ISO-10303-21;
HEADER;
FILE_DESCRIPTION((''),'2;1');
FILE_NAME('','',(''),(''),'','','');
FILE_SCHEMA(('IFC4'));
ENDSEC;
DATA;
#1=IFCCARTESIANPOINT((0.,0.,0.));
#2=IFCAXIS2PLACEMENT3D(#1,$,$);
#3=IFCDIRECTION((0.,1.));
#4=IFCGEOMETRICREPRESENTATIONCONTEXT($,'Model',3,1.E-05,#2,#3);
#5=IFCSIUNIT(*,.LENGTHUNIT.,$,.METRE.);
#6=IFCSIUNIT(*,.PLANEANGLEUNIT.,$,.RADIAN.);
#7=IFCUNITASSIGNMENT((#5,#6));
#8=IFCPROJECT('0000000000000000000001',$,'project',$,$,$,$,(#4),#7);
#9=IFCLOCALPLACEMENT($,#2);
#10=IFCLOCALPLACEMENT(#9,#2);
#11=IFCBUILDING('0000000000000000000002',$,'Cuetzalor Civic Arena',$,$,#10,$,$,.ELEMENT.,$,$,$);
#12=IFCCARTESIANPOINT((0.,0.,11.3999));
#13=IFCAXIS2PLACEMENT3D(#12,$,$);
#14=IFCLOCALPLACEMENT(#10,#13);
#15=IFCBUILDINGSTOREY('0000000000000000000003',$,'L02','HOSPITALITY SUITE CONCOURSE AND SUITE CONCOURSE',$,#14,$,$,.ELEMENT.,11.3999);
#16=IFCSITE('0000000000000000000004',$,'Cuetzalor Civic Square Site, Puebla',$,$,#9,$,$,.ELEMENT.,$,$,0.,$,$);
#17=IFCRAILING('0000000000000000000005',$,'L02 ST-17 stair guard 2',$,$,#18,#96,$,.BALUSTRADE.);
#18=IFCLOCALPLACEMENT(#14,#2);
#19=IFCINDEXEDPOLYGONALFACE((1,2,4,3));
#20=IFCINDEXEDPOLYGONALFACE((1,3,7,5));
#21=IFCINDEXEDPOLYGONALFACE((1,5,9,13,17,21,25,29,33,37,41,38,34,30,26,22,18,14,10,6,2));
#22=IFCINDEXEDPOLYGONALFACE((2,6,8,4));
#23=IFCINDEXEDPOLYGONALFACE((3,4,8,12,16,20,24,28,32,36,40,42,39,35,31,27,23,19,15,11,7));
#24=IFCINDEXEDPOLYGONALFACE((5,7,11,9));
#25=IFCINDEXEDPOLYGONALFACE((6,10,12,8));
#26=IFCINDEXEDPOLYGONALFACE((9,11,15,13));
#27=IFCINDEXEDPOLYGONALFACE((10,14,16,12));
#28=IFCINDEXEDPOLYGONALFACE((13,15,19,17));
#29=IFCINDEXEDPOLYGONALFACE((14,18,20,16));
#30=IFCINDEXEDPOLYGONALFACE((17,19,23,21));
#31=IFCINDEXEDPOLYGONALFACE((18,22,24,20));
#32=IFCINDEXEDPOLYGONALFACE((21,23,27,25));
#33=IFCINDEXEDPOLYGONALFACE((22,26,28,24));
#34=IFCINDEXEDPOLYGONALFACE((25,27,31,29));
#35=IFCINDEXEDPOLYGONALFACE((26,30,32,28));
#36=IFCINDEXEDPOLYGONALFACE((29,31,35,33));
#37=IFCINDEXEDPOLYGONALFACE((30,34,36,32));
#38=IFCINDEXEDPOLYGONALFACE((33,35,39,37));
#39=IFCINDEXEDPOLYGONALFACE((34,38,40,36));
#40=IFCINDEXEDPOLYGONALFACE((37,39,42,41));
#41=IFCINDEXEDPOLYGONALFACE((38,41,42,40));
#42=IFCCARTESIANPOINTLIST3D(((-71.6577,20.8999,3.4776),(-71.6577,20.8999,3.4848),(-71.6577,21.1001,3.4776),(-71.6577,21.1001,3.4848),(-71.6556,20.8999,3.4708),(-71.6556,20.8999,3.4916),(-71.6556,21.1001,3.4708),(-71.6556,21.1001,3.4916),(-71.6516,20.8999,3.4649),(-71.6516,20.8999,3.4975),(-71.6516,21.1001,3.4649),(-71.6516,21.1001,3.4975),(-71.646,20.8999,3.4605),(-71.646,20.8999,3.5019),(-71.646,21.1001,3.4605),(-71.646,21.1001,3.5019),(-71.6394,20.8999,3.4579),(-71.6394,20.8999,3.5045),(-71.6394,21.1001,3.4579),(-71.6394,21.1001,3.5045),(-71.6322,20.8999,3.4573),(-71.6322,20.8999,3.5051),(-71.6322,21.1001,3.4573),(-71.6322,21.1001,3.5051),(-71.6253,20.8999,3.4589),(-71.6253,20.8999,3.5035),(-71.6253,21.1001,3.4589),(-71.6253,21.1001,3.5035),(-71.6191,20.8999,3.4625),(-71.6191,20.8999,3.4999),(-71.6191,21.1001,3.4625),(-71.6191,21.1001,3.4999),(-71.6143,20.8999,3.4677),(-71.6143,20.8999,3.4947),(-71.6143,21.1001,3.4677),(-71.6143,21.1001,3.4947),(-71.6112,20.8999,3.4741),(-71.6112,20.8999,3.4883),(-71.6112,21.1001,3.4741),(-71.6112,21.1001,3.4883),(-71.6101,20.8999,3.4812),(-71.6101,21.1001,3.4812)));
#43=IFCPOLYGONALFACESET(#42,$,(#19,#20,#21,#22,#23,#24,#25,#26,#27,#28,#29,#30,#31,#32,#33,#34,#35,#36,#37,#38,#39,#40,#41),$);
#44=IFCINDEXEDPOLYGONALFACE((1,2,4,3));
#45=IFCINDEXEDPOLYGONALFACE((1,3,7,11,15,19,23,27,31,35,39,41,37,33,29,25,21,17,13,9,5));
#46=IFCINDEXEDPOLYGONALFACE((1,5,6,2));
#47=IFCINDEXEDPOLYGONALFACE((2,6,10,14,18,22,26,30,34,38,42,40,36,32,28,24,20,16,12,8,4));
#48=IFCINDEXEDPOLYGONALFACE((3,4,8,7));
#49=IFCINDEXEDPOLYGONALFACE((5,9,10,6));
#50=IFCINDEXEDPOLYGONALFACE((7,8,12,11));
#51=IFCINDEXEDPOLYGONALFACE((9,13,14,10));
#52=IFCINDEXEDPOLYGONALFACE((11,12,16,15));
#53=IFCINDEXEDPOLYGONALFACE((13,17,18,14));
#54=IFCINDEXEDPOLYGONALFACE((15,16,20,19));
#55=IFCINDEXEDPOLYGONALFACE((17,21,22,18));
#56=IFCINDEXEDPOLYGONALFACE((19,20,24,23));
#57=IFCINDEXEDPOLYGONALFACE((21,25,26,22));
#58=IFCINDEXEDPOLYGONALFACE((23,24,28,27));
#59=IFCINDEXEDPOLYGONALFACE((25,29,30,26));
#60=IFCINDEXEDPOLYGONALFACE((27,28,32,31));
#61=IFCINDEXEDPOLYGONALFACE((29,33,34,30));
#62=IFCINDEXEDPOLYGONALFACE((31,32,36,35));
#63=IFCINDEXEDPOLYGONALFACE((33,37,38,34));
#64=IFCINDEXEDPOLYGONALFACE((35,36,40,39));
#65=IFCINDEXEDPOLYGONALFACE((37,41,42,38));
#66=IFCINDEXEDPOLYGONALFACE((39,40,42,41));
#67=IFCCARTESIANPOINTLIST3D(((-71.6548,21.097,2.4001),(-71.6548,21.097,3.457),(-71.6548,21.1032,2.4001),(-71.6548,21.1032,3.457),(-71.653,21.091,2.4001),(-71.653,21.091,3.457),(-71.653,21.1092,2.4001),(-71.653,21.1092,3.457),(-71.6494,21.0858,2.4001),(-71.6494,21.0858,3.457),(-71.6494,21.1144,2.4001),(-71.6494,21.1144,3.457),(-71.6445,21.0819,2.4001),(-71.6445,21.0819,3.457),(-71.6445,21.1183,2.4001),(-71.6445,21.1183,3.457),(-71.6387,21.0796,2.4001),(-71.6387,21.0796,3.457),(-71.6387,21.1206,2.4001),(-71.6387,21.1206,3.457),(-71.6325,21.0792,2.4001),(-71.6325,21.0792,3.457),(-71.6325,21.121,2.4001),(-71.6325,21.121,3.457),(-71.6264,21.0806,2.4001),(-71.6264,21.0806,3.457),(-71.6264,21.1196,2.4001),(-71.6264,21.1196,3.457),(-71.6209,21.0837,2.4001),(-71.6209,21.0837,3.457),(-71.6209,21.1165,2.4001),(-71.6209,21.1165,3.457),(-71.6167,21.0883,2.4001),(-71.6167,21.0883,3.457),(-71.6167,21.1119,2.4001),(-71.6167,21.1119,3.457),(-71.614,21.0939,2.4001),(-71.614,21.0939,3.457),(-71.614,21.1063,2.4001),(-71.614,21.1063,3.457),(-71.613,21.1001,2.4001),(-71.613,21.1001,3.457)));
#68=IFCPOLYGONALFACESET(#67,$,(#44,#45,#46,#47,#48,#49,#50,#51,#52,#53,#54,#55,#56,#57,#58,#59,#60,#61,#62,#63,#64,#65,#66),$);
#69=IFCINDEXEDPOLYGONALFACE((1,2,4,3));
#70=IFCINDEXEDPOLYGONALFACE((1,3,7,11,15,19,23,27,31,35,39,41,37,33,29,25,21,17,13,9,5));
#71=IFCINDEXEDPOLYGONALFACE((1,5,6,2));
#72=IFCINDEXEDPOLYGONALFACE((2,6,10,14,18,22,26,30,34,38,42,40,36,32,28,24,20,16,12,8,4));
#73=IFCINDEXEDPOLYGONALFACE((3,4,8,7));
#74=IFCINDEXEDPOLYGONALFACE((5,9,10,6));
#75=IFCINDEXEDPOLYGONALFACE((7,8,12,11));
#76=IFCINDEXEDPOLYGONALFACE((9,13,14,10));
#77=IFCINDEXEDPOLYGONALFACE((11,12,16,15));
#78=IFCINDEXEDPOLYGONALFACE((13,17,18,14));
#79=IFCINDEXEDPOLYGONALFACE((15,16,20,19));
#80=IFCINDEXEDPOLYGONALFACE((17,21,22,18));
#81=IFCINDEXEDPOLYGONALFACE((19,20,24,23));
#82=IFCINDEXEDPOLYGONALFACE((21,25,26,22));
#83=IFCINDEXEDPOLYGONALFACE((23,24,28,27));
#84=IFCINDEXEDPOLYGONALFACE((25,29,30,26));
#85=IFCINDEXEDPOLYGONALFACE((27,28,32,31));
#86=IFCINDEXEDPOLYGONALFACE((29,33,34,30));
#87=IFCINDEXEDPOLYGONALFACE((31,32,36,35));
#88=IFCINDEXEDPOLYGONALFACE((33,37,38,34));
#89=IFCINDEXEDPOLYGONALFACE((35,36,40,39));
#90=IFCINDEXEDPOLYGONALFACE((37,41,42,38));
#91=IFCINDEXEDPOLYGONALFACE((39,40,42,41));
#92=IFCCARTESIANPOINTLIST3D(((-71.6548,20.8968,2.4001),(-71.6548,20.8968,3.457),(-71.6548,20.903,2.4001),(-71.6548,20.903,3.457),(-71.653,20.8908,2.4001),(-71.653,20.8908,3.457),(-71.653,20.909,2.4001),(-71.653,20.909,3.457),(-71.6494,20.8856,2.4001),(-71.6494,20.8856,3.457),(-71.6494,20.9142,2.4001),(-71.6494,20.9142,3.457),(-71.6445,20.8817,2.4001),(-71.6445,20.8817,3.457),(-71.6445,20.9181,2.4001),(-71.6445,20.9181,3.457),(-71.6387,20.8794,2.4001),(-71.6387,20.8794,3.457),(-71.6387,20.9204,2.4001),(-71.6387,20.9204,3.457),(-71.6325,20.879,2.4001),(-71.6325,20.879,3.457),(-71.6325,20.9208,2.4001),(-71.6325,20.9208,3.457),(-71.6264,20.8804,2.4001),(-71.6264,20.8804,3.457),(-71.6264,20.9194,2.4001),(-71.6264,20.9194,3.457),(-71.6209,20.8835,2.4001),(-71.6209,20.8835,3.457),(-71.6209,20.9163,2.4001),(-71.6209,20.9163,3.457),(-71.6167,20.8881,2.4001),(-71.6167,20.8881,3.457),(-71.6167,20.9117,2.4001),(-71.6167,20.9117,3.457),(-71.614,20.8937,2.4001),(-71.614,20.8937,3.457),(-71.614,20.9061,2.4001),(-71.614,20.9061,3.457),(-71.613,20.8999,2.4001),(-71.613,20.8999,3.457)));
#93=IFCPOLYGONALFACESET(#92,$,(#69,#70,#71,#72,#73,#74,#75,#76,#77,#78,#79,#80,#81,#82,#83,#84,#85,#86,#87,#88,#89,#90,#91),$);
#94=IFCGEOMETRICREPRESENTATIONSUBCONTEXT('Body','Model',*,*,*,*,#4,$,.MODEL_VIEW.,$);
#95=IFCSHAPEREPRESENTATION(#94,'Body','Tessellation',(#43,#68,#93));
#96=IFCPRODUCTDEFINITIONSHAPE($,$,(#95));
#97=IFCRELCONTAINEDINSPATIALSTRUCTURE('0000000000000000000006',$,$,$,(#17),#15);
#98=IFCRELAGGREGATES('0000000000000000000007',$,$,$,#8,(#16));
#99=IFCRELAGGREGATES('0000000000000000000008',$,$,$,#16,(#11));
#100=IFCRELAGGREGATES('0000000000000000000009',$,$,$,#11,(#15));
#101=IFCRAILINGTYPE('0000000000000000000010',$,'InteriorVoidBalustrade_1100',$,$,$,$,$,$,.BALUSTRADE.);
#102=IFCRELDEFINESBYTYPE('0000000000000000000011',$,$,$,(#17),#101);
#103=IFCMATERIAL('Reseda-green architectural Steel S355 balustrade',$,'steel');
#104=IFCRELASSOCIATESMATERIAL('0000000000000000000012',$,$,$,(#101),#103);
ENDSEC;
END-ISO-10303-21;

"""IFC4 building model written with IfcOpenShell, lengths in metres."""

from ifc_helpers import new_model, si_unit, direction, frame, origin, origin_2d, place, context, subcontext, project, spatial, circle, extrude, material, type_object, element, save


model = new_model("IFC4")

# Units and contexts
model_context = context("Model", 3, precision=1e-05, world=origin(), true_north=direction((0.0, 1.0)))
body_context = subcontext(model_context, "Body", "Model", "MODEL_VIEW")
ifc_project = project(units=[si_unit("LENGTHUNIT", "METRE"), si_unit("PLANEANGLEUNIT", "RADIAN")], contexts=[model_context])

# Site, building, storey
site_placement = place(None, origin())
site = spatial("IfcSite", under=ifc_project, at=site_placement, Name="Cuetzalor Civic Square Site, Puebla", CompositionType="ELEMENT", RefElevation=0.0)
building_placement = place(site_placement, origin())
building = spatial("IfcBuilding", under=site, at=building_placement, Name="Cuetzalor Civic Arena", CompositionType="ELEMENT")
storey_placement = place(building_placement, frame((0.0, 0.0, 11.3999)))
storey = spatial("IfcBuildingStorey", under=building, at=storey_placement, Name="L02", Description="HOSPITALITY SUITE CONCOURSE AND SUITE CONCOURSE", CompositionType="ELEMENT", Elevation=11.3999)

# Railing
ifc_material_1 = material(Name="Reseda-green architectural Steel S355 balustrade", Category="steel")
railing_type_1 = type_object("IfcRailingType", Name="InteriorVoidBalustrade_1100", PredefinedType="BALUSTRADE", material=ifc_material_1)
railing_1_placement = place(storey_placement, frame((-71.634, 21.1001, 2.4001)))
element("IfcRailing", 1, at=railing_1_placement, inside=storey, type_object=railing_type_1, Name="L02 ST-17 stair guard 2", PredefinedType="BALUSTRADE", context=body_context, shape_type="SweptSolid", body=[
    extrude(circle(Radius=0.0239, at=origin_2d()), frame((0.0, 0.0, 1.0811), z_axis=(0.0, -1.0, 0.0), x_axis=(1.0, 0.0, 0.0)), (0.0, 0.0, 1.0), 0.2002),
    extrude(circle(Radius=0.021, at=origin_2d()), origin(), (0.0, 0.0, 1.0), 1.0569),
    extrude(circle(Radius=0.021, at=origin_2d()), frame((0.0, -0.2002, 0.0)), (0.0, 0.0, 1.0), 1.0569),
])

save(model, "model.ifc")
